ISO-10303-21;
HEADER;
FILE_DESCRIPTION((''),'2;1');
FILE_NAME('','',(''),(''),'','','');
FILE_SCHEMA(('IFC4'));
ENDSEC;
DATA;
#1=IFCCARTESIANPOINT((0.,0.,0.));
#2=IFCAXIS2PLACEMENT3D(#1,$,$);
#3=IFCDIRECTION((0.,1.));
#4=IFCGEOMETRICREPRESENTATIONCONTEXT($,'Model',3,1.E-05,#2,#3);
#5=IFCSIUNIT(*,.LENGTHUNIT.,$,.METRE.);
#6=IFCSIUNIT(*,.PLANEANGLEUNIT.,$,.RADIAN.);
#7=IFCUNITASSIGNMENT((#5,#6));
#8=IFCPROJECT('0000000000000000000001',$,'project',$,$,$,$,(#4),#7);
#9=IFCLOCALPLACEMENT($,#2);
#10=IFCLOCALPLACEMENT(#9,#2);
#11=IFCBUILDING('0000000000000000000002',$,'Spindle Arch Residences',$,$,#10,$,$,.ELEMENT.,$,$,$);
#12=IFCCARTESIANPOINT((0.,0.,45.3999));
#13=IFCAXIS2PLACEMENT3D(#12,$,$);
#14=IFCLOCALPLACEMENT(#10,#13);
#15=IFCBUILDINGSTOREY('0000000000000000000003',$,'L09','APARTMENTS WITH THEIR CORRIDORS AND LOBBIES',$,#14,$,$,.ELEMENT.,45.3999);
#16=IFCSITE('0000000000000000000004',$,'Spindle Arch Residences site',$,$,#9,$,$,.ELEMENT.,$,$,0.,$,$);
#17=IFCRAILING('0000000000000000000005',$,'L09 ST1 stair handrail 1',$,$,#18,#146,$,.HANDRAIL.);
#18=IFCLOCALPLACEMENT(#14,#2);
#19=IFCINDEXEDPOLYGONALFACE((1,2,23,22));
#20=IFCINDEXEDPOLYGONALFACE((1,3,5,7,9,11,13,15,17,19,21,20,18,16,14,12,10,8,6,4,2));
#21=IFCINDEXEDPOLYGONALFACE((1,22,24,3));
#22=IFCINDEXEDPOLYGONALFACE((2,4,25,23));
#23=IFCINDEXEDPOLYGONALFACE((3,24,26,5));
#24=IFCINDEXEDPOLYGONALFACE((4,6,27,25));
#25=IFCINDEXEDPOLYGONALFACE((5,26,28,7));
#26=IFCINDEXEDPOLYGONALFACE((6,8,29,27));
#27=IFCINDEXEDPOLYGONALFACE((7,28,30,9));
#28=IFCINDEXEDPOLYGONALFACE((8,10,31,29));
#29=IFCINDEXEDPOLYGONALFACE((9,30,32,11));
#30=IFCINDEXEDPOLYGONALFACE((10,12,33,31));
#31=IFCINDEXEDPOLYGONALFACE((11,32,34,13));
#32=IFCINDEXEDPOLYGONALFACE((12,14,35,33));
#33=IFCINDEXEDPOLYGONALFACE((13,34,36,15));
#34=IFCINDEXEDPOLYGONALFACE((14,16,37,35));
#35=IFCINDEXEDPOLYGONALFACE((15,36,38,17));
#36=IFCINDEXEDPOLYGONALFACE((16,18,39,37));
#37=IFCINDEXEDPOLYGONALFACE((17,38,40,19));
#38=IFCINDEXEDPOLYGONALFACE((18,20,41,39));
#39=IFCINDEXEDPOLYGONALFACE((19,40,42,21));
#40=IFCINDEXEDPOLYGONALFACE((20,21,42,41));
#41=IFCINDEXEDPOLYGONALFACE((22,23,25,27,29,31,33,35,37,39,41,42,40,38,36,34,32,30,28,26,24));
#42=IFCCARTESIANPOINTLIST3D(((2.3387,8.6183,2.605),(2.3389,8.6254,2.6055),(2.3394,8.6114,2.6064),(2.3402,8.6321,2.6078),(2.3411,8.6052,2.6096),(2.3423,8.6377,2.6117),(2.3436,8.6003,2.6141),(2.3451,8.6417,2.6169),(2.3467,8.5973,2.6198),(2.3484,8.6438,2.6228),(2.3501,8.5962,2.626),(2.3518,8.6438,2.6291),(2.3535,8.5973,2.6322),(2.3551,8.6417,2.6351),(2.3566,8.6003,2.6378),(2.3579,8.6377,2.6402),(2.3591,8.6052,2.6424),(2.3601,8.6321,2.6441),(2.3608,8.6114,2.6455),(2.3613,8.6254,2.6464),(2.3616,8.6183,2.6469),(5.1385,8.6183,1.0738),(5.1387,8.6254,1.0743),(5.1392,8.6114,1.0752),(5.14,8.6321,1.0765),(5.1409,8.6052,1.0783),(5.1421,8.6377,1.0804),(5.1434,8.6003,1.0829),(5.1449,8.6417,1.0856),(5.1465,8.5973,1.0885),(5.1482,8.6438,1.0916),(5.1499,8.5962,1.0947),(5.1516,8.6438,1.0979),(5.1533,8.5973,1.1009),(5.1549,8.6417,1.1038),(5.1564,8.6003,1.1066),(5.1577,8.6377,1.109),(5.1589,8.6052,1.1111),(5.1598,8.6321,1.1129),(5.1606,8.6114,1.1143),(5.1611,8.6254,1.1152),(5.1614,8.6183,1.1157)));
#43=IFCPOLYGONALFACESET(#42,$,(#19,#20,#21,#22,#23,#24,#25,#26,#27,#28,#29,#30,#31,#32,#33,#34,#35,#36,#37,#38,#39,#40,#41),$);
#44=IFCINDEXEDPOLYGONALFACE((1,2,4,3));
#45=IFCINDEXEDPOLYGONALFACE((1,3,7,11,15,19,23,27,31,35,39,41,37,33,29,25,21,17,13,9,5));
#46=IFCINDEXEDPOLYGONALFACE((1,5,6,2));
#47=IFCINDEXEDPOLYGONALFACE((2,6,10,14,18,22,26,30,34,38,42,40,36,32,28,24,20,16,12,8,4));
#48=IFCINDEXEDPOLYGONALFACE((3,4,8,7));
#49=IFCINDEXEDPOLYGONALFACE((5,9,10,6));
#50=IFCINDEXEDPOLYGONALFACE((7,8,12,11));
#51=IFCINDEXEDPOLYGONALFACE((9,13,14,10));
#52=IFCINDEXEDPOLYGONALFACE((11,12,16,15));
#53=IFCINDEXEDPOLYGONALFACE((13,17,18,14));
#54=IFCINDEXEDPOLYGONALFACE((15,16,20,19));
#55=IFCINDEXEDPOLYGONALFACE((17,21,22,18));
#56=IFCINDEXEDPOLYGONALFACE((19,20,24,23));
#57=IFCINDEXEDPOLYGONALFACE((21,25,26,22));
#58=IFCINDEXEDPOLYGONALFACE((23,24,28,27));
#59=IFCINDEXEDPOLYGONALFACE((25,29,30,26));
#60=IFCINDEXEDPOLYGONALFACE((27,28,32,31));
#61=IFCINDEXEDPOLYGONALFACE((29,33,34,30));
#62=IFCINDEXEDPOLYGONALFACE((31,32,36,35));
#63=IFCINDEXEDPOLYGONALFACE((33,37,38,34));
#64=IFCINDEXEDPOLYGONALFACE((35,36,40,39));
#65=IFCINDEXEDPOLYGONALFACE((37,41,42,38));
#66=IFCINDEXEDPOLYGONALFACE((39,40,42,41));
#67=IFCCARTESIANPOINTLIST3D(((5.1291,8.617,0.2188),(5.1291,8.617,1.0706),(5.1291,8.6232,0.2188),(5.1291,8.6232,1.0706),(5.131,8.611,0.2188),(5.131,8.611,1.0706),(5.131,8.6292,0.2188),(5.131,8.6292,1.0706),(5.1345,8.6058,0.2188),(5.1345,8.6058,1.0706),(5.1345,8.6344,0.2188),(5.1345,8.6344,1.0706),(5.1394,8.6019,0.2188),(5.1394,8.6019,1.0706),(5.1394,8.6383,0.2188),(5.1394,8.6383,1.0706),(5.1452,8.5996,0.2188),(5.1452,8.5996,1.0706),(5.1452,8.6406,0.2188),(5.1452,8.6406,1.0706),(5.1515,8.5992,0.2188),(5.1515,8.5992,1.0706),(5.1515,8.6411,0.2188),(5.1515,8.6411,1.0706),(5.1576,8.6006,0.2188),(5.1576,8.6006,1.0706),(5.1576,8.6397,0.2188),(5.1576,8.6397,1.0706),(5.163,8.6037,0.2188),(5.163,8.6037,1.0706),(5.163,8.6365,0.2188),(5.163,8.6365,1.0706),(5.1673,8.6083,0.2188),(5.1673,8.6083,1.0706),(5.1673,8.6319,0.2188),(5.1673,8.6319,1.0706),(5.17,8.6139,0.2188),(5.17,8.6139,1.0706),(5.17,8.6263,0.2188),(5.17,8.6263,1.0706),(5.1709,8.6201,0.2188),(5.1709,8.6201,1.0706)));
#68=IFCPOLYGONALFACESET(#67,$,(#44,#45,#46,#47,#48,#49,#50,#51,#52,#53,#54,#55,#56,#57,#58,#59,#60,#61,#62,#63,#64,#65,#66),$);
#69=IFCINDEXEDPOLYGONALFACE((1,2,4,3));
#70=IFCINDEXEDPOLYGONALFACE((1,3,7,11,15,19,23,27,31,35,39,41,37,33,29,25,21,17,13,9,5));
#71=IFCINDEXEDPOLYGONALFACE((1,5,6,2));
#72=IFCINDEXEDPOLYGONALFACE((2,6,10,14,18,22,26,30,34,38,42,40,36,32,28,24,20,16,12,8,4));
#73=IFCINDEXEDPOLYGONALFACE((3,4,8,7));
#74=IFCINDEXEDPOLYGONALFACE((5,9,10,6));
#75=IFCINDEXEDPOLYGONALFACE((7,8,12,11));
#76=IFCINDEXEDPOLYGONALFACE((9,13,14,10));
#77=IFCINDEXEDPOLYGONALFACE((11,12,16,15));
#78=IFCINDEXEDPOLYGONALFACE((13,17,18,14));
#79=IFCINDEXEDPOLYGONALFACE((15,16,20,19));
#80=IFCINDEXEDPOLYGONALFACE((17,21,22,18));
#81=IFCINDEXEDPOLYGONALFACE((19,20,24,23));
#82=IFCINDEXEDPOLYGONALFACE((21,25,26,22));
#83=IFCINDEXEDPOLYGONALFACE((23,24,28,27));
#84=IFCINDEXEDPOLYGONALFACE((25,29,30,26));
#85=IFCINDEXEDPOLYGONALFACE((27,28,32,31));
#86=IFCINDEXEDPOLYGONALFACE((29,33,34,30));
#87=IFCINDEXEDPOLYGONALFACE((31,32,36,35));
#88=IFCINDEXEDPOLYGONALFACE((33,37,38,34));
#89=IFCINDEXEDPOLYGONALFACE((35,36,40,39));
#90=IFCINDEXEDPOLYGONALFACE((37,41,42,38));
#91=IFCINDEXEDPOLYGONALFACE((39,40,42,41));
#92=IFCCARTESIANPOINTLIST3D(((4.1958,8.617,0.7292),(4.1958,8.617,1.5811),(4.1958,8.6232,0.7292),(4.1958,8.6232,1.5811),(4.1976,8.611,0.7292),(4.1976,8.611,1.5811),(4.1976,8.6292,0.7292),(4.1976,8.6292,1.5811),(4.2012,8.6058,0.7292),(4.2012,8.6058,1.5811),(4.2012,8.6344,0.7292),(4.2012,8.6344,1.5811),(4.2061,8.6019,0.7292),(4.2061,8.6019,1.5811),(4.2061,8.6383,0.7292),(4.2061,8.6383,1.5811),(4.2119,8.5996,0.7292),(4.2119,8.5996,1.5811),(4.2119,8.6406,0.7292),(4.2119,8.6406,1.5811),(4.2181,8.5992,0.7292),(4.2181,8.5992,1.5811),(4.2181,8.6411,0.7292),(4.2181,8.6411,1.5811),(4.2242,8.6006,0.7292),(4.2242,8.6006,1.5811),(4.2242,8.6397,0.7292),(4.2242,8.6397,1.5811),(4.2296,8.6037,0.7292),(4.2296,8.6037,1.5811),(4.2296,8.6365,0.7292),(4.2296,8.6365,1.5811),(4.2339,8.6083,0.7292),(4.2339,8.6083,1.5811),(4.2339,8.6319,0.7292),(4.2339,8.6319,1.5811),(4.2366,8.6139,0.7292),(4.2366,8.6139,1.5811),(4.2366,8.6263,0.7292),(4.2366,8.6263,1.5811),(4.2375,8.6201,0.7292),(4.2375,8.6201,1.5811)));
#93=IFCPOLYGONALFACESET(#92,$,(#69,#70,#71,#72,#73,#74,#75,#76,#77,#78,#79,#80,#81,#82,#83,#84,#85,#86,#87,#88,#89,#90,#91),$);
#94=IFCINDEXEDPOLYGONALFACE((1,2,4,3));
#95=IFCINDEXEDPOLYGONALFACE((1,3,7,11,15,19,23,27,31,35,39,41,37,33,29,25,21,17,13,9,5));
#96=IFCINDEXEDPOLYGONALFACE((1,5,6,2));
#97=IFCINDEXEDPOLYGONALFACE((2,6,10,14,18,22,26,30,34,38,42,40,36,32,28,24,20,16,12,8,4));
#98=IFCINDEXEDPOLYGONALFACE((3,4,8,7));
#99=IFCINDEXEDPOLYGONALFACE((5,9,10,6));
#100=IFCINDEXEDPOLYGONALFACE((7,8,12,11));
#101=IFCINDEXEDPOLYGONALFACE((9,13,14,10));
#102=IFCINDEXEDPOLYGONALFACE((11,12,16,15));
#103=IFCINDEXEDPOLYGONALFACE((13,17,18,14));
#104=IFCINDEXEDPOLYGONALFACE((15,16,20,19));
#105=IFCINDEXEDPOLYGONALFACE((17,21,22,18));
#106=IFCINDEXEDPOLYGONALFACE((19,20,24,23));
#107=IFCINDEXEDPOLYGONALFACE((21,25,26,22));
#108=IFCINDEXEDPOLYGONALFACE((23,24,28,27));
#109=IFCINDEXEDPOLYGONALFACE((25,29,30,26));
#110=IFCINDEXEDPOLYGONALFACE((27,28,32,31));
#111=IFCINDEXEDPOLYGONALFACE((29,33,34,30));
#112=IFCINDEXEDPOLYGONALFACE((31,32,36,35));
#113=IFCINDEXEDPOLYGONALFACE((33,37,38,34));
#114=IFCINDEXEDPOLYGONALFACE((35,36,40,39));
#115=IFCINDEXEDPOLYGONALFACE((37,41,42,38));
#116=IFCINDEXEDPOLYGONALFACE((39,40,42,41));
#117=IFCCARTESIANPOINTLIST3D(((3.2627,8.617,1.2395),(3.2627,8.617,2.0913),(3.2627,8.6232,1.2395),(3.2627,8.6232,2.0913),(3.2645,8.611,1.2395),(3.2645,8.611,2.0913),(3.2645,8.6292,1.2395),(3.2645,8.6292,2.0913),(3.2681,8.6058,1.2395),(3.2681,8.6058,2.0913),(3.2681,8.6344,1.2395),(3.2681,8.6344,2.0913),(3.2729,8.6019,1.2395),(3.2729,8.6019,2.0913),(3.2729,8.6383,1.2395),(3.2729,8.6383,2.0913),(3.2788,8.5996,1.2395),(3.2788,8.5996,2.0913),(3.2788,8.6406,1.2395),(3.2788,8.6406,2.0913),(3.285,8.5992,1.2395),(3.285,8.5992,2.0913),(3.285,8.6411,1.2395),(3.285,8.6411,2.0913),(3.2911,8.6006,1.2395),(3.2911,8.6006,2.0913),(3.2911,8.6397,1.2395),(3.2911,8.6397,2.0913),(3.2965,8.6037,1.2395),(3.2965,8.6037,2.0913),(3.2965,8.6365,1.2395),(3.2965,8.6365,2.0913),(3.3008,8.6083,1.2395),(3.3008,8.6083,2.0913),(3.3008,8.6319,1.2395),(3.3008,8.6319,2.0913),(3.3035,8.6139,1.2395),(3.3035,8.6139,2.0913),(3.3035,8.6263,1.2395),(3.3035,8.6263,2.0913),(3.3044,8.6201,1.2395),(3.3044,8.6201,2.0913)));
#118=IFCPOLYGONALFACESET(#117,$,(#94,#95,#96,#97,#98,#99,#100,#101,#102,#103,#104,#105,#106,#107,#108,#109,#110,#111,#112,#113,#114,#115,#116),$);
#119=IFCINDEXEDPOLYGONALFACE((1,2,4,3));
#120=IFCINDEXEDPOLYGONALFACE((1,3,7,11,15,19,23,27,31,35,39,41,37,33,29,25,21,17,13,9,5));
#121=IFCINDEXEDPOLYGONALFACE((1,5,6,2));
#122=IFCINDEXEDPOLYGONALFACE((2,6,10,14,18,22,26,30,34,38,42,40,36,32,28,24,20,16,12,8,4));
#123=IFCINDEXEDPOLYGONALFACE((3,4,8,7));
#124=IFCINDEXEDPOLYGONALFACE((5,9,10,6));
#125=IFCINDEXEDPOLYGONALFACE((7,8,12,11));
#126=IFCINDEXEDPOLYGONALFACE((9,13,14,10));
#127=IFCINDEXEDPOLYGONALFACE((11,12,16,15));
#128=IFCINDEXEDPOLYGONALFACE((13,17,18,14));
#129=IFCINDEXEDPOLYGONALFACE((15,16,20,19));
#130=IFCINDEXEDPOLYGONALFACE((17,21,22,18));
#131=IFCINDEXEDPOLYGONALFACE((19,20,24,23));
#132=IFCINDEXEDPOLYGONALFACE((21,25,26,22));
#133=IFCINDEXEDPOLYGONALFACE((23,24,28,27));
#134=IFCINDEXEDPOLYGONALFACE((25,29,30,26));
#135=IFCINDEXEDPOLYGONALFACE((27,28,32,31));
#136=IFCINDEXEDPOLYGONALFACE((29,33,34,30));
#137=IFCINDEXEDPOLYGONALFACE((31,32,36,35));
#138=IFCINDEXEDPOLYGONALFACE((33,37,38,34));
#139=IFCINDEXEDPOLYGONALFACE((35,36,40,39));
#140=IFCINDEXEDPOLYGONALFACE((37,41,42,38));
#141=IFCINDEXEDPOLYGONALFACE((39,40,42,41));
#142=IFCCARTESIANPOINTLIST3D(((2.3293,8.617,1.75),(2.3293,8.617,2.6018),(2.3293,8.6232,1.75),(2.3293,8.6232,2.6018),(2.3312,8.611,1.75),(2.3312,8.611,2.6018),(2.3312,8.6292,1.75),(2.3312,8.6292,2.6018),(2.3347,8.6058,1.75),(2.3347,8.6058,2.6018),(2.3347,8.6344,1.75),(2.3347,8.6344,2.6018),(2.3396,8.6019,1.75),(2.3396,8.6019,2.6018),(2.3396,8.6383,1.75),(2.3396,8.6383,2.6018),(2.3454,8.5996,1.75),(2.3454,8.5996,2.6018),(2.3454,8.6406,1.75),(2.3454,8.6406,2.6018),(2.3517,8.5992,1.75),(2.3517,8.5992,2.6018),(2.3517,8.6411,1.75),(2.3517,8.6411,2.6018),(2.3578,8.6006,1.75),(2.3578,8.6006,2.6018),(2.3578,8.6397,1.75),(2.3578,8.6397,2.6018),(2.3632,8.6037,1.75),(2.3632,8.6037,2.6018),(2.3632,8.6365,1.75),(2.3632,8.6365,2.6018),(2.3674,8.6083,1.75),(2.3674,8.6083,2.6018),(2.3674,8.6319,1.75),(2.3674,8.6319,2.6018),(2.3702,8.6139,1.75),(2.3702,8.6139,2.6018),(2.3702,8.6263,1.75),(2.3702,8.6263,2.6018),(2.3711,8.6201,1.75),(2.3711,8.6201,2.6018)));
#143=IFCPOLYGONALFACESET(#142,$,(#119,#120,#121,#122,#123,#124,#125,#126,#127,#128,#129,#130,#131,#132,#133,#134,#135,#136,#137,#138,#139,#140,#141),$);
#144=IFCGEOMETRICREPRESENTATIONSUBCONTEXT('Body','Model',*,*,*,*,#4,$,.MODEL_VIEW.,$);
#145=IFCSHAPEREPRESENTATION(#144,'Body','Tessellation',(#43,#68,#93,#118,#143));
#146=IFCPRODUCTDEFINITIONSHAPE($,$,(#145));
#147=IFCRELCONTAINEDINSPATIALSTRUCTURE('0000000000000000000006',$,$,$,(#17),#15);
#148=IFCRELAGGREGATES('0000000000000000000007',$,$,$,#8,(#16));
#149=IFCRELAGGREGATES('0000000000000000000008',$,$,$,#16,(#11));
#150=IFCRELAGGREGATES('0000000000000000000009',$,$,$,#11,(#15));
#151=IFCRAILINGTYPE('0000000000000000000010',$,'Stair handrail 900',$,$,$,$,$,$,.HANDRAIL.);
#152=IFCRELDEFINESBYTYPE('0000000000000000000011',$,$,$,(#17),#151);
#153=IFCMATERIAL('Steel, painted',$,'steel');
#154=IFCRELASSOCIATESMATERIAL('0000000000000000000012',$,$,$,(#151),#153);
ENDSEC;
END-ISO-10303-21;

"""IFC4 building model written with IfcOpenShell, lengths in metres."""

from ifc_helpers import new_model, si_unit, direction, frame, origin, origin_2d, place, context, subcontext, project, spatial, circle, extrude, material, type_object, element, save


model = new_model("IFC4")

# Units and contexts
model_context = context("Model", 3, precision=1e-05, world=origin(), true_north=direction((0.0, 1.0)))
body_context = subcontext(model_context, "Body", "Model", "MODEL_VIEW")
ifc_project = project(units=[si_unit("LENGTHUNIT", "METRE"), si_unit("PLANEANGLEUNIT", "RADIAN")], contexts=[model_context])

# Site, building, storey
site_placement = place(None, origin())
site = spatial("IfcSite", under=ifc_project, at=site_placement, Name="Spindle Arch Residences site", CompositionType="ELEMENT", RefElevation=0.0)
building_placement = place(site_placement, origin())
building = spatial("IfcBuilding", under=site, at=building_placement, Name="Spindle Arch Residences", CompositionType="ELEMENT")
storey_placement = place(building_placement, frame((0.0, 0.0, 45.3999)))
storey = spatial("IfcBuildingStorey", under=building, at=storey_placement, Name="L09", Description="APARTMENTS WITH THEIR CORRIDORS AND LOBBIES", CompositionType="ELEMENT", Elevation=45.3999)

# Railing
ifc_material_1 = material(Name="Steel, painted", Category="steel")
railing_type_1 = type_object("IfcRailingType", Name="Stair handrail 900", PredefinedType="HANDRAIL", material=ifc_material_1)
railing_1_placement = place(storey_placement, frame((5.1499, 8.6201, 0.2188)))
element("IfcRailing", 1, at=railing_1_placement, inside=storey, type_object=railing_type_1, Name="L09 ST1 stair handrail 1", PredefinedType="HANDRAIL", context=body_context, shape_type="SweptSolid", body=[
    extrude(circle(Radius=0.0239, at=origin_2d()), frame((0.0, 0.0, 0.876), z_axis=(-0.877357, 0.0, 0.479838), x_axis=(0.0, -1.0, 0.0)), (0.0, 0.0, 1.0), 3.1912),
    extrude(circle(Radius=0.021, at=origin_2d()), origin(), (0.0, 0.0, 1.0), 0.8518),
    extrude(circle(Radius=0.021, at=origin_2d()), frame((-0.9333, 0.0, 0.5105)), (0.0, 0.0, 1.0), 0.8518),
    extrude(circle(Radius=0.021, at=origin_2d()), frame((-1.8665, 0.0, 1.0208)), (0.0, 0.0, 1.0), 0.8518),
    extrude(circle(Radius=0.021, at=origin_2d()), frame((-2.7998, 0.0, 1.5312)), (0.0, 0.0, 1.0), 0.8518),
])

save(model, "model.ifc")
